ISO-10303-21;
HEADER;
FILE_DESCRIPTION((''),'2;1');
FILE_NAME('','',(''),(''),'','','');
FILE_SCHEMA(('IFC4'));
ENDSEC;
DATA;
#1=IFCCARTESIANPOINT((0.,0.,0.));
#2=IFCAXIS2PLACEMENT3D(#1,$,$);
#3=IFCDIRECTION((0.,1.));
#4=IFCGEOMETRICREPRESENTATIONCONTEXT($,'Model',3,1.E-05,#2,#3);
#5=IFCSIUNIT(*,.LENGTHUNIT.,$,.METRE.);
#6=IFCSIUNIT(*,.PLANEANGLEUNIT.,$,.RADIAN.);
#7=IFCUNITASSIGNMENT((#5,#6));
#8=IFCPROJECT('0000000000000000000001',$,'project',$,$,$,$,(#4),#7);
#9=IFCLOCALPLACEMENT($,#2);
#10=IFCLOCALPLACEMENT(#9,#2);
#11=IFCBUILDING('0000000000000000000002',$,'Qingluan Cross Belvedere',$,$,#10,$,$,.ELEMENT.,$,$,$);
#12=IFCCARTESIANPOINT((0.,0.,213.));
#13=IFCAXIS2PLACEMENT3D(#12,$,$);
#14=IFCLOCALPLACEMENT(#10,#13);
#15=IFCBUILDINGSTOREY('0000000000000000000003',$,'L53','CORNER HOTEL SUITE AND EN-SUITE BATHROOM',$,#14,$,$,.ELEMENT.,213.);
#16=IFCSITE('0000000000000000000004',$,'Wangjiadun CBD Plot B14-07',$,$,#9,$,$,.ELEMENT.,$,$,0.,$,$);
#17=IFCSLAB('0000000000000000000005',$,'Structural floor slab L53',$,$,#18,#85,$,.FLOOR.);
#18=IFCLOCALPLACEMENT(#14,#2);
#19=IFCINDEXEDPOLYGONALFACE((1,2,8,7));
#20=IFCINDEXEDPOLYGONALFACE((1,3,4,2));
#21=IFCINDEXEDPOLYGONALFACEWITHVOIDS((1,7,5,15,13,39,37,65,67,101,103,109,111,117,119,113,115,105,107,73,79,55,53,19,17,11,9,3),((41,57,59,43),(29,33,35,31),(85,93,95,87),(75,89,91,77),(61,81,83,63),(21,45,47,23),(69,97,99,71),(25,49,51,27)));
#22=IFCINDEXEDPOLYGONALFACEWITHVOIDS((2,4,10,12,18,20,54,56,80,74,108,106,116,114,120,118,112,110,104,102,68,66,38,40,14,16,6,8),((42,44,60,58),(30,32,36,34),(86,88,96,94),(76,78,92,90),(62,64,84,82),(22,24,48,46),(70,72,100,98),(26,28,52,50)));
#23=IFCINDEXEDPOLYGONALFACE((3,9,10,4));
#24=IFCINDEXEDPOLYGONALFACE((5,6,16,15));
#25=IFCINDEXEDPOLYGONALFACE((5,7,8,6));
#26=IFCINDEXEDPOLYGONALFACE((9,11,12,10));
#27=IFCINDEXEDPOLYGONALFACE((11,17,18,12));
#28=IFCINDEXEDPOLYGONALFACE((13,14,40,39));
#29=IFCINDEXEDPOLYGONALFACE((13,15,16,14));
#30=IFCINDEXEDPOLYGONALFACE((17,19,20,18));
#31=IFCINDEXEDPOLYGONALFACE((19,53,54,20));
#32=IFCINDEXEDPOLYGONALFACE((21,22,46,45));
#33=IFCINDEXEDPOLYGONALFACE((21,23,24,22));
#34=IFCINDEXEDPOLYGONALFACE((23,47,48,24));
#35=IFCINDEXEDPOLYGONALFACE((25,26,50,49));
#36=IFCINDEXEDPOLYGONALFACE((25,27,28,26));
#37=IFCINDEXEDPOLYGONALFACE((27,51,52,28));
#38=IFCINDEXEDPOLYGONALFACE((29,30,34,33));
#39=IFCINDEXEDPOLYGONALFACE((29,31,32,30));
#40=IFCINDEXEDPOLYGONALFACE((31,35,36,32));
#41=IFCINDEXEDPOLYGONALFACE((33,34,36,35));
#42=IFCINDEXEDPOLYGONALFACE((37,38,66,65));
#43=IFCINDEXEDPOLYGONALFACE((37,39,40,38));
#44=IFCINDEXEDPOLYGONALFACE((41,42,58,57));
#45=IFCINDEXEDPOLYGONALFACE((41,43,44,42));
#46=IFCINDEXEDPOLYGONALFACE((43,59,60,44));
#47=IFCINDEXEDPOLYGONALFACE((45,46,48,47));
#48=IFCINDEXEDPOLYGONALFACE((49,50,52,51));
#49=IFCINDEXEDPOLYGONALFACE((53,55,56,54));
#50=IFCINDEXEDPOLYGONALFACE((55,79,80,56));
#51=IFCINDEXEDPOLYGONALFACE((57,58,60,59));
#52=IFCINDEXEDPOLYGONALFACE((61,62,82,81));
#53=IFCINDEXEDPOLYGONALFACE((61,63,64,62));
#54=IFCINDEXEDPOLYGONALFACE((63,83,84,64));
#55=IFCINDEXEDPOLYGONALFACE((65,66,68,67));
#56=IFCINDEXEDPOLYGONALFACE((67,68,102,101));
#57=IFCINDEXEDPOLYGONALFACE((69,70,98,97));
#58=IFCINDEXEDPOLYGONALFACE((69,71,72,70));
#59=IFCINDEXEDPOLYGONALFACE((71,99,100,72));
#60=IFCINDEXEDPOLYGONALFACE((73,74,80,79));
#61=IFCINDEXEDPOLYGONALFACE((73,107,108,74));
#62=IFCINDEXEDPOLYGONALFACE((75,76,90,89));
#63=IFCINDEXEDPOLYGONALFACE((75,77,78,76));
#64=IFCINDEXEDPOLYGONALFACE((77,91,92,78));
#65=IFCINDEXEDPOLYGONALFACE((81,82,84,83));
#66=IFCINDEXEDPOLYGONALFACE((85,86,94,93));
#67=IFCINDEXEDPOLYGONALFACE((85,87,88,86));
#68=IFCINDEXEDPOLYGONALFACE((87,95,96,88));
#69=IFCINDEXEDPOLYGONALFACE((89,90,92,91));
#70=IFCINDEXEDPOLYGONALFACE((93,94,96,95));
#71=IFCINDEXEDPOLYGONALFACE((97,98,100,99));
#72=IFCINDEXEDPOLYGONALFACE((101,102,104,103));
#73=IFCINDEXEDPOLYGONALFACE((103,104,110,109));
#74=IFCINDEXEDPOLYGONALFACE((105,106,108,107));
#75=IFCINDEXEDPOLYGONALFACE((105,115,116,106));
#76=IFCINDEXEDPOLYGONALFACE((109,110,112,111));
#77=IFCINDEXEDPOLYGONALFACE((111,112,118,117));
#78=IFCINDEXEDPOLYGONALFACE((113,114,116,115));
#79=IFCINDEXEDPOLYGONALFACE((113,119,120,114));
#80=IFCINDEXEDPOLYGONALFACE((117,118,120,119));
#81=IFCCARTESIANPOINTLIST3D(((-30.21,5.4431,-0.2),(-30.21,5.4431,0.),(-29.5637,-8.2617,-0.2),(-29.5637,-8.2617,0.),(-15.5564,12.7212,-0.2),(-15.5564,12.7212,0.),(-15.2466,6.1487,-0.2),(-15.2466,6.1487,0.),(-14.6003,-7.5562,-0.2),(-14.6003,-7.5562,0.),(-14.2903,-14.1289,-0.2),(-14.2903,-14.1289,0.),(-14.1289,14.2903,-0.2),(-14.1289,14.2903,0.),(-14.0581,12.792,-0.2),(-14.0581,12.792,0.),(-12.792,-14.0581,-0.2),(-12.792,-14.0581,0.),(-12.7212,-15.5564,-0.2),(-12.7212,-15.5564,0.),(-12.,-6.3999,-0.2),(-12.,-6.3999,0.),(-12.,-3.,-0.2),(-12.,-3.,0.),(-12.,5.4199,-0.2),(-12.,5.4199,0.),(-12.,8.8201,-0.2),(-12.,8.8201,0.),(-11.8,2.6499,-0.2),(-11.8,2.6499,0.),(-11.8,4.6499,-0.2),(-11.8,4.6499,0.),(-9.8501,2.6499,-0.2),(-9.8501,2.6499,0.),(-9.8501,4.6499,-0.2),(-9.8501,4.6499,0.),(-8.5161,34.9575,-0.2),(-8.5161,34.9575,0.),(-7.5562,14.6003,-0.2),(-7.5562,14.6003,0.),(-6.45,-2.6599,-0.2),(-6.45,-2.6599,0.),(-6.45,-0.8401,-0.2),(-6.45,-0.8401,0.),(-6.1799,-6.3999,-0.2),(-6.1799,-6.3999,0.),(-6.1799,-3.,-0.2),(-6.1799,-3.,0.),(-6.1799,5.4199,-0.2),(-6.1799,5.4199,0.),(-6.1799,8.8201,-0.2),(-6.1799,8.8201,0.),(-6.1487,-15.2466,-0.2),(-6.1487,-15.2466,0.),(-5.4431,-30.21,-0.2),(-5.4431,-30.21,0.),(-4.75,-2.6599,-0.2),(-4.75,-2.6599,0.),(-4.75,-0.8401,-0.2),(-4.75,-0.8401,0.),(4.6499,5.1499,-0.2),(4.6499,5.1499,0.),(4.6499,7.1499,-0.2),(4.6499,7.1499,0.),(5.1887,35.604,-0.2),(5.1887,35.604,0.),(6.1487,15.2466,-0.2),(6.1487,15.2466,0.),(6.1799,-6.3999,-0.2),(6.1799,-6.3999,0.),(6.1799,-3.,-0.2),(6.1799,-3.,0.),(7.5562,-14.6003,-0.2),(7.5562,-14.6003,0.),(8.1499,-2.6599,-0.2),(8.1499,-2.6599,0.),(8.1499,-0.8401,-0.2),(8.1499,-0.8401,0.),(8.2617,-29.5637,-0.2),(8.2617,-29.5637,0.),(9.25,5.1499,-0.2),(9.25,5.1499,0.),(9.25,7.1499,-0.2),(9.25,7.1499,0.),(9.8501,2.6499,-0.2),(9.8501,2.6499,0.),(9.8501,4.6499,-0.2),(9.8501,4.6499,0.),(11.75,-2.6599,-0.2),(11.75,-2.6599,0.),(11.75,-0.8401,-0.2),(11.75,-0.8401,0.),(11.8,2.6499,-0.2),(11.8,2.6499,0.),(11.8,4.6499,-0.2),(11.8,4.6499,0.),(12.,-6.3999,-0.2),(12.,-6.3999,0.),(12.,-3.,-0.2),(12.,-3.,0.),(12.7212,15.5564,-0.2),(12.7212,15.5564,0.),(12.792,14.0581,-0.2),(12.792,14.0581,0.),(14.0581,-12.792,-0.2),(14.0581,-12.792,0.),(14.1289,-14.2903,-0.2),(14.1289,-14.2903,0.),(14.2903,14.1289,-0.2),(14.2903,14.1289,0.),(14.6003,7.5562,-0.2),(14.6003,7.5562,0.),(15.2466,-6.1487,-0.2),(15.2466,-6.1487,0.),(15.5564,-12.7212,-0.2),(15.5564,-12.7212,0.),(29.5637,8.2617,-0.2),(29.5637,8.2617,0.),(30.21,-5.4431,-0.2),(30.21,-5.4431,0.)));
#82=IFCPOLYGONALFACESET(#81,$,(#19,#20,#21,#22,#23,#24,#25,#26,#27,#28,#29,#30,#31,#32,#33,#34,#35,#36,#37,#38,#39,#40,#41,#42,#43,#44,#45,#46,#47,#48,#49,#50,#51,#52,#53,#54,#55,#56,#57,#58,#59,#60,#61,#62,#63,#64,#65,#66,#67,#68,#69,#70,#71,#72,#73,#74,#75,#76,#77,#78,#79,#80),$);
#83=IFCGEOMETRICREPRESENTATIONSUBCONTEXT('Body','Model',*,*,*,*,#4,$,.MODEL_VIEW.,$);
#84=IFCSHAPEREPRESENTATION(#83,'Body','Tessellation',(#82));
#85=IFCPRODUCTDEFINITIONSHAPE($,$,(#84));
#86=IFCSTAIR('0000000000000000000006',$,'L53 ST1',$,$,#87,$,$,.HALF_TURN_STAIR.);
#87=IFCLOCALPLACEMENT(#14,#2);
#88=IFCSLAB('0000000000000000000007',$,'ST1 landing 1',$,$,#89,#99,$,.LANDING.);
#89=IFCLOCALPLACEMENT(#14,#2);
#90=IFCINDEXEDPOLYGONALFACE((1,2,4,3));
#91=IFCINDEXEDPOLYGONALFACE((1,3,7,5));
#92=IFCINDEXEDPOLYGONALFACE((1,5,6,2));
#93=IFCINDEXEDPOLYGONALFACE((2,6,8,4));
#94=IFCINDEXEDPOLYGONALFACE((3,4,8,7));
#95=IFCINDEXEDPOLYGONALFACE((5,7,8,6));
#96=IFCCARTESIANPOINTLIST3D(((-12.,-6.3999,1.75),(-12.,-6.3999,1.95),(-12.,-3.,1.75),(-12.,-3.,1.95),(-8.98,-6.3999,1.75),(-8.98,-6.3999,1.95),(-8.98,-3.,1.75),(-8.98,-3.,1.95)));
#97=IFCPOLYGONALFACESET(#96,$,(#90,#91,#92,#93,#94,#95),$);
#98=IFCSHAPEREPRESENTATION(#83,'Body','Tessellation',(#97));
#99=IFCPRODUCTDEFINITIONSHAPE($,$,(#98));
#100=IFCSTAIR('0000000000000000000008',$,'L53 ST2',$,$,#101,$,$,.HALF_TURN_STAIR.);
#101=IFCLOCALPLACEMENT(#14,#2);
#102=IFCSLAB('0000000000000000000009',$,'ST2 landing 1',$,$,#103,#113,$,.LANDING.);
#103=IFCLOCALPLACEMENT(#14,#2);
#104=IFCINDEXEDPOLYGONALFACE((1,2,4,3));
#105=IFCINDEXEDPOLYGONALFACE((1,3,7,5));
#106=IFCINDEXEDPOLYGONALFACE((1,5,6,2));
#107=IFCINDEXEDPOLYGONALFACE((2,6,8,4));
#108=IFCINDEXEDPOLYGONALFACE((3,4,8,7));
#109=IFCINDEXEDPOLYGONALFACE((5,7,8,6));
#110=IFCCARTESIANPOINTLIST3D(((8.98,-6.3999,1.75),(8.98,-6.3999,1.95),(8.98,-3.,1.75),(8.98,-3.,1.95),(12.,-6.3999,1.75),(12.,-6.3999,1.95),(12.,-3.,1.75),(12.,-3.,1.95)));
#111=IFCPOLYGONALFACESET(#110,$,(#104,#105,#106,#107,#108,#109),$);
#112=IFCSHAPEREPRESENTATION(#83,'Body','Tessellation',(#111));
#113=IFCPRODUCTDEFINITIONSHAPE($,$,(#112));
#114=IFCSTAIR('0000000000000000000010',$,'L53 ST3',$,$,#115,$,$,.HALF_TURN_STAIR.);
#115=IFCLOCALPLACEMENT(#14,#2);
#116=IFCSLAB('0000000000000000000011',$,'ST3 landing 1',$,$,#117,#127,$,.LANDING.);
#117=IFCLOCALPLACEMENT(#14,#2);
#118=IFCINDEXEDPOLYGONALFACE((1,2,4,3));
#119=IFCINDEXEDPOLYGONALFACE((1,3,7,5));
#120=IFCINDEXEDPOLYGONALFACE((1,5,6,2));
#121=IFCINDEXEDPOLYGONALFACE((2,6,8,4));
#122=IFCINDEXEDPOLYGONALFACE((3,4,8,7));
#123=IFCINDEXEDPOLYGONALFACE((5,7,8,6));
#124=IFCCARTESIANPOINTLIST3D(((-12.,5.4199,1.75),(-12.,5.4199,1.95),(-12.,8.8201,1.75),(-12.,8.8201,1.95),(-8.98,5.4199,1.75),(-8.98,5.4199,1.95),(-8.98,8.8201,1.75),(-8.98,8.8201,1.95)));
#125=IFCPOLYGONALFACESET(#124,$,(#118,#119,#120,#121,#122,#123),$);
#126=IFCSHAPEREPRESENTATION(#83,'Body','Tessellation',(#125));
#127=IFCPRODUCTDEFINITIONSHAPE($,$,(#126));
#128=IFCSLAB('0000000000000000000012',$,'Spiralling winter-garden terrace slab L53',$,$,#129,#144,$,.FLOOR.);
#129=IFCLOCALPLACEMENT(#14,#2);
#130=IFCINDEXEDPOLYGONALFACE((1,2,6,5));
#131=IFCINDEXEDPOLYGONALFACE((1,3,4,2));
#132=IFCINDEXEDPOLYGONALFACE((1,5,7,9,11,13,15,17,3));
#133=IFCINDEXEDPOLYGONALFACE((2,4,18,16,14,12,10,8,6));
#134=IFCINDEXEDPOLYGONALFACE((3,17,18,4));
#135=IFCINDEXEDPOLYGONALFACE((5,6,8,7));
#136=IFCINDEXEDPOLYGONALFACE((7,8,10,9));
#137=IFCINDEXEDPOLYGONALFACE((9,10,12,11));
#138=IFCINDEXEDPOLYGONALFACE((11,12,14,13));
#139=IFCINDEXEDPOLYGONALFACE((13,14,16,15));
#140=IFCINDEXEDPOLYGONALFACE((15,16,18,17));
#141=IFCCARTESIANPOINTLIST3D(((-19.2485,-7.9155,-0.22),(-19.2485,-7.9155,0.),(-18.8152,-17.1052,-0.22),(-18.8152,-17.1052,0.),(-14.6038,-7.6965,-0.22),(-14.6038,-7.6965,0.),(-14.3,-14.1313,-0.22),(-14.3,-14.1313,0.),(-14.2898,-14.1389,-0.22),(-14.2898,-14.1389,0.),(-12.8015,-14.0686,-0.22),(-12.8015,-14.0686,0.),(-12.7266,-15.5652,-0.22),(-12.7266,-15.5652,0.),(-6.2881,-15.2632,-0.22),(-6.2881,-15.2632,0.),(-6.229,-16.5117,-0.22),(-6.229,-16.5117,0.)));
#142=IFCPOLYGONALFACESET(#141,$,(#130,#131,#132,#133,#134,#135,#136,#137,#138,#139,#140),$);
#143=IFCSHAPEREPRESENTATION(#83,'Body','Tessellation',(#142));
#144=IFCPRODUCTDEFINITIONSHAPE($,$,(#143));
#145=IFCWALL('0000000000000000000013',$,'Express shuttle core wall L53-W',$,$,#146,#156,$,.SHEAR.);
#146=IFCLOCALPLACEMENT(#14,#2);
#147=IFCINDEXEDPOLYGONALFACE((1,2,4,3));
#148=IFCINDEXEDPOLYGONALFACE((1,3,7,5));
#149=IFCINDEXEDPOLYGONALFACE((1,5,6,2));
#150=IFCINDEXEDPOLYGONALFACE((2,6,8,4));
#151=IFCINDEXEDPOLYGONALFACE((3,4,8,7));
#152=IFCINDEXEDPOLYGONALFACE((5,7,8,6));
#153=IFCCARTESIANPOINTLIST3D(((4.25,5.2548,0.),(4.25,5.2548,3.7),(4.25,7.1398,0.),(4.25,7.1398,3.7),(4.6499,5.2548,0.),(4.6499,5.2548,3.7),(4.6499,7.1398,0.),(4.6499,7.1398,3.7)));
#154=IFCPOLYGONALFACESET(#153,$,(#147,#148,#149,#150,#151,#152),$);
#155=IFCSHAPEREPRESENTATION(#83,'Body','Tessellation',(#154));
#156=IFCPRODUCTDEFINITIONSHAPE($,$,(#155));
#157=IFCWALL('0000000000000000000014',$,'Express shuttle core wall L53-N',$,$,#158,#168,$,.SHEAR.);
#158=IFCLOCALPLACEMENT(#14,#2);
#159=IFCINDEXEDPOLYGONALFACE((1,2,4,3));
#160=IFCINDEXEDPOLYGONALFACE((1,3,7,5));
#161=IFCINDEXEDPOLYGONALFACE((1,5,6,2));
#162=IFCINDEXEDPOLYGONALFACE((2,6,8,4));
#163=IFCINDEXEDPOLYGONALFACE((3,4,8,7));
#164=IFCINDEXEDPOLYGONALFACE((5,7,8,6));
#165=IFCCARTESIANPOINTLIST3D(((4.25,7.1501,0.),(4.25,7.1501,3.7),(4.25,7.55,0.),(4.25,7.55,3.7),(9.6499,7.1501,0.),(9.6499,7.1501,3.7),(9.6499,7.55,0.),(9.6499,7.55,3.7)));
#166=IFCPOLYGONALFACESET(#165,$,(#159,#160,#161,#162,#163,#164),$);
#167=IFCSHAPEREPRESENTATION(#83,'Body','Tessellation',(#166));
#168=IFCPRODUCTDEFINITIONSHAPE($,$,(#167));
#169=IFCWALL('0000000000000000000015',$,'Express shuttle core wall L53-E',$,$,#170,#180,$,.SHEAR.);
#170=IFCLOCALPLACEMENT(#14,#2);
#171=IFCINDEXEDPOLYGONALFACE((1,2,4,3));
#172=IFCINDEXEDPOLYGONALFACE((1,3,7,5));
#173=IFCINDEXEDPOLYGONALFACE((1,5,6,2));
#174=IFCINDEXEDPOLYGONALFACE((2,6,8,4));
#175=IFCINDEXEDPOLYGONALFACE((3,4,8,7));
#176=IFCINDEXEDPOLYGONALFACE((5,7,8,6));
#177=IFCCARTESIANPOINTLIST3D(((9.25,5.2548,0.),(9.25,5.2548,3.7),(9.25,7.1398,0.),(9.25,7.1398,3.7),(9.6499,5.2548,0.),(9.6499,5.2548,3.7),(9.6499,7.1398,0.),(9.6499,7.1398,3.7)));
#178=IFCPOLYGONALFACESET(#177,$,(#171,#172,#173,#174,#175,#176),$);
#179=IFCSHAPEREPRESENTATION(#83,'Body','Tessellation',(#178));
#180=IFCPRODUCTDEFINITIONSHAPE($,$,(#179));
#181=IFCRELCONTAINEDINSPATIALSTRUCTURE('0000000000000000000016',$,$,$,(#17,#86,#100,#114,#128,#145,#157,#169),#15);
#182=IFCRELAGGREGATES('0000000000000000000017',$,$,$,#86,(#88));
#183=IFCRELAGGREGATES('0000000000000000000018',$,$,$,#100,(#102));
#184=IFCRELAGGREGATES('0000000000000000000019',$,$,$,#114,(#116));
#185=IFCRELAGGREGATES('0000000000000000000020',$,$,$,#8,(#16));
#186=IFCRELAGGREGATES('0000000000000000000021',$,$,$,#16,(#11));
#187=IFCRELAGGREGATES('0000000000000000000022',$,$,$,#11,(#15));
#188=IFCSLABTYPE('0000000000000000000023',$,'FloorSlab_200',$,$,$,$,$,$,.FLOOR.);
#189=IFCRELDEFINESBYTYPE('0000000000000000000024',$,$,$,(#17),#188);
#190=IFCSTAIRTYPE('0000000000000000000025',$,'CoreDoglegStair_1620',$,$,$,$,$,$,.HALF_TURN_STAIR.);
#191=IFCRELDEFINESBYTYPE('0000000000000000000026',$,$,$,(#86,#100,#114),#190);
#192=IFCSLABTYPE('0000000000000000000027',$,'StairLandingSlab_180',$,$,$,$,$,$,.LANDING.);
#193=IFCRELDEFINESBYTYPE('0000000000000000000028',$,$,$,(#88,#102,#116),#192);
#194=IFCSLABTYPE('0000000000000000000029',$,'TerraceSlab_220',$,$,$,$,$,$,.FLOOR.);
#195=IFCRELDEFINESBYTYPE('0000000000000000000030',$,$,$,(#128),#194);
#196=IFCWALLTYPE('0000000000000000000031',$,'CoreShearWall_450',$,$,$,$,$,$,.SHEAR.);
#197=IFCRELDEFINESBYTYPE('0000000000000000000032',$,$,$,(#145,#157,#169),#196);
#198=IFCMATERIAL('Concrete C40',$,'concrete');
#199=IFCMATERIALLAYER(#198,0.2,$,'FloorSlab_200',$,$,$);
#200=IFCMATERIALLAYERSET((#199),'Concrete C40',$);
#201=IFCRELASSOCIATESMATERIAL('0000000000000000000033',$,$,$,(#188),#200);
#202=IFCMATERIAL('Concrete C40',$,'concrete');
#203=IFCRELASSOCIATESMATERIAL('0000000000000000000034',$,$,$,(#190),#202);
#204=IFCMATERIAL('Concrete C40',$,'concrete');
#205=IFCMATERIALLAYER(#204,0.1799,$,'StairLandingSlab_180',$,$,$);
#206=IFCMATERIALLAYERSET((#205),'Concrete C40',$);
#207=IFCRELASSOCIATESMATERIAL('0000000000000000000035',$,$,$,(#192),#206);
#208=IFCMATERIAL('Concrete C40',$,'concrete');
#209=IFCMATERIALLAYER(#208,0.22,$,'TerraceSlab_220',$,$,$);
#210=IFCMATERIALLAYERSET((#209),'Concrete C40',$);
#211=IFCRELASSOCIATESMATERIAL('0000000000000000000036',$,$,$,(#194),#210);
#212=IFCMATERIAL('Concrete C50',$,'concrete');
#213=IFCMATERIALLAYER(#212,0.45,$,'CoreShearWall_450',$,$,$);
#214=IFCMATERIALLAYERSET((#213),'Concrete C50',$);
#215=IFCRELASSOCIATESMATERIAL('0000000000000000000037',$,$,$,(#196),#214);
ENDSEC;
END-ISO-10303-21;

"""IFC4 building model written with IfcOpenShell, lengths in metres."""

from ifc_helpers import new_model, si_unit, direction, frame, frame_2d, origin, place, context, subcontext, project, spatial, polyline, rectangle, outline, extrude, material, layer, layer_set, type_object, element, aggregate, save


model = new_model("IFC4")

# Units and contexts
model_context = context("Model", 3, precision=1e-05, world=origin(), true_north=direction((0.0, 1.0)))
body_context = subcontext(model_context, "Body", "Model", "MODEL_VIEW")
ifc_project = project(units=[si_unit("LENGTHUNIT", "METRE"), si_unit("PLANEANGLEUNIT", "RADIAN")], contexts=[model_context])

# Site, building, storey
site_placement = place(None, origin())
site = spatial("IfcSite", under=ifc_project, at=site_placement, Name="Wangjiadun CBD Plot B14-07", CompositionType="ELEMENT", RefElevation=0.0)
building_placement = place(site_placement, origin())
building = spatial("IfcBuilding", under=site, at=building_placement, Name="Qingluan Cross Belvedere", CompositionType="ELEMENT")
storey_placement = place(building_placement, frame((0.0, 0.0, 213.0)))
storey = spatial("IfcBuildingStorey", under=building, at=storey_placement, Name="L53", Description="CORNER HOTEL SUITE AND EN-SUITE BATHROOM", CompositionType="ELEMENT", Elevation=213.0)

# Slab
ifc_material_1 = material(Name="Concrete C40", Category="concrete")
ifc_layer_1 = layer(ifc_material_1, 0.2, Name="FloorSlab_200")
ifc_layer_set_1 = layer_set([ifc_layer_1], Name="Concrete C40")
slab_type_1 = type_object("IfcSlabType", Name="FloorSlab_200", PredefinedType="FLOOR", material=ifc_layer_set_1)
slab_1_placement = place(storey_placement, frame((0.0, 0.0, -0.2)))
element("IfcSlab", 1, at=slab_1_placement, inside=storey, type_object=slab_type_1, Name="Structural floor slab L53", PredefinedType="FLOOR", context=body_context, shape_type="SweptSolid", body=[
    extrude(outline(polyline([(8.2617, -29.5637), (7.5562, -14.6003), (14.1289, -14.2903), (14.0581, -12.792), (15.5564, -12.7212), (15.2466, -6.1487), (30.21, -5.4431), (29.5637, 8.2617), (14.6003, 7.5562), (14.2903, 14.1289), (12.792, 14.0581), (12.7212, 15.5564), (6.1487, 15.2466), (5.1887, 35.604), (-8.5161, 34.9575), (-7.5562, 14.6003), (-14.1289, 14.2903), (-14.0581, 12.792), (-15.5564, 12.7212), (-15.2466, 6.1487), (-30.21, 5.4431), (-29.5637, -8.2617), (-14.6003, -7.5562), (-14.2903, -14.1289), (-12.792, -14.0581), (-12.7212, -15.5564), (-6.1487, -15.2466), (-5.4431, -30.21), (8.2617, -29.5637)]), holes=[polyline([(-12.0, -3.0), (-6.1799, -3.0), (-6.1799, -6.3999), (-12.0, -6.3999), (-12.0, -3.0)]), polyline([(6.1799, -3.0), (12.0, -3.0), (12.0, -6.3999), (6.1799, -6.3999), (6.1799, -3.0)]), polyline([(-12.0, 8.8201), (-6.1799, 8.8201), (-6.1799, 5.4199), (-12.0, 5.4199), (-12.0, 8.8201)]), polyline([(-11.8, 4.6499), (-9.8501, 4.6499), (-9.8501, 2.6499), (-11.8, 2.6499), (-11.8, 4.6499)]), polyline([(9.8501, 4.6499), (11.8, 4.6499), (11.8, 2.6499), (9.8501, 2.6499), (9.8501, 4.6499)]), polyline([(-6.45, -0.8401), (-4.75, -0.8401), (-4.75, -2.6599), (-6.45, -2.6599), (-6.45, -0.8401)]), polyline([(8.1499, -0.8401), (11.75, -0.8401), (11.75, -2.6599), (8.1499, -2.6599), (8.1499, -0.8401)]), polyline([(4.6499, 7.1499), (9.25, 7.1499), (9.25, 5.1499), (4.6499, 5.1499), (4.6499, 7.1499)])]), origin(), (0.0, 0.0, 1.0), 0.2),
])

# Stairs, slabs
ifc_material_2 = material(Name="Concrete C40", Category="concrete")
stair_type = type_object("IfcStairType", Name="CoreDoglegStair_1620", PredefinedType="HALF_TURN_STAIR", material=ifc_material_2)
stair_1_placement = place(storey_placement, origin())
stair_1 = element("IfcStair", 2, at=stair_1_placement, inside=storey, type_object=stair_type, Name="L53 ST1", PredefinedType="HALF_TURN_STAIR")
ifc_material_3 = material(Name="Concrete C40", Category="concrete")
ifc_layer_2 = layer(ifc_material_3, 0.1799, Name="StairLandingSlab_180")
ifc_layer_set_2 = layer_set([ifc_layer_2], Name="Concrete C40")
slab_type_2 = type_object("IfcSlabType", Name="StairLandingSlab_180", PredefinedType="LANDING", material=ifc_layer_set_2)
slab_2_placement = place(storey_placement, frame((0.0, 0.0, 1.75)))
slab_2 = element("IfcSlab", 3, at=slab_2_placement, type_object=slab_type_2, Name="ST1 landing 1", PredefinedType="LANDING", context=body_context, shape_type="SweptSolid", body=[
    extrude(outline(polyline([(-8.98, -3.0), (-12.0, -3.0), (-12.0, -6.3999), (-8.98, -6.3999), (-8.98, -3.0)])), origin(), (0.0, 0.0, 1.0), 0.2),
])
aggregate(stair_1, [slab_2])
stair_2_placement = place(storey_placement, origin())
stair_2 = element("IfcStair", 4, at=stair_2_placement, inside=storey, type_object=stair_type, Name="L53 ST2", PredefinedType="HALF_TURN_STAIR")
slab_3_placement = place(storey_placement, frame((0.0, 0.0, 1.75)))
slab_3 = element("IfcSlab", 5, at=slab_3_placement, type_object=slab_type_2, Name="ST2 landing 1", PredefinedType="LANDING", context=body_context, shape_type="SweptSolid", body=[
    extrude(outline(polyline([(8.98, -6.3999), (12.0, -6.3999), (12.0, -3.0), (8.98, -3.0), (8.98, -6.3999)])), origin(), (0.0, 0.0, 1.0), 0.2),
])
aggregate(stair_2, [slab_3])
stair_3_placement = place(storey_placement, origin())
stair_3 = element("IfcStair", 6, at=stair_3_placement, inside=storey, type_object=stair_type, Name="L53 ST3", PredefinedType="HALF_TURN_STAIR")
slab_4_placement = place(storey_placement, frame((0.0, 0.0, 1.75)))
slab_4 = element("IfcSlab", 7, at=slab_4_placement, type_object=slab_type_2, Name="ST3 landing 1", PredefinedType="LANDING", context=body_context, shape_type="SweptSolid", body=[
    extrude(outline(polyline([(-8.98, 8.8201), (-12.0, 8.8201), (-12.0, 5.4199), (-8.98, 5.4199), (-8.98, 8.8201)])), origin(), (0.0, 0.0, 1.0), 0.2),
])
aggregate(stair_3, [slab_4])

# Slab
ifc_material_4 = material(Name="Concrete C40", Category="concrete")
ifc_layer_3 = layer(ifc_material_4, 0.22, Name="TerraceSlab_220")
ifc_layer_set_3 = layer_set([ifc_layer_3], Name="Concrete C40")
slab_type_3 = type_object("IfcSlabType", Name="TerraceSlab_220", PredefinedType="FLOOR", material=ifc_layer_set_3)
slab_5_placement = place(storey_placement, frame((0.0, 0.0, -0.22)))
element("IfcSlab", 8, at=slab_5_placement, inside=storey, type_object=slab_type_3, Name="Spiralling winter-garden terrace slab L53", PredefinedType="FLOOR", context=body_context, shape_type="SweptSolid", body=[
    extrude(outline(polyline([(-6.2881, -15.2632), (-12.7266, -15.5652), (-12.8015, -14.0686), (-14.2898, -14.1389), (-14.3, -14.1313), (-14.6038, -7.6965), (-19.2485, -7.9155), (-18.8152, -17.1052), (-6.229, -16.5117), (-6.2881, -15.2632)])), origin(), (0.0, 0.0, 1.0), 0.22),
])

# Walls
ifc_material_5 = material(Name="Concrete C50", Category="concrete")
ifc_layer_4 = layer(ifc_material_5, 0.45, Name="CoreShearWall_450")
ifc_layer_set_4 = layer_set([ifc_layer_4], Name="Concrete C50")
wall_type_1 = type_object("IfcWallType", Name="CoreShearWall_450", PredefinedType="SHEAR", material=ifc_layer_set_4)
wall_1_placement = place(storey_placement, frame((4.45, 5.2549, 0.0), z_axis=(0.0, 0.0, 1.0), x_axis=(0.0, 1.0, 0.0)))
element("IfcWall", 9, at=wall_1_placement, inside=storey, type_object=wall_type_1, Name="Express shuttle core wall L53-W", PredefinedType="SHEAR", context=body_context, shape_type="SweptSolid", body=[
    extrude(rectangle(XDim=1.885, YDim=0.3999, at=frame_2d((0.9424, 0.0))), origin(), (0.0, 0.0, 1.0), 3.7),
])
wall_2_placement = place(storey_placement, frame((4.25, 7.3501, 0.0), z_axis=(0.0, 0.0, 1.0), x_axis=(1.0, 0.0, 0.0)))
element("IfcWall", 10, at=wall_2_placement, inside=storey, type_object=wall_type_1, Name="Express shuttle core wall L53-N", PredefinedType="SHEAR", context=body_context, shape_type="SweptSolid", body=[
    extrude(rectangle(XDim=5.3999, YDim=0.3999, at=frame_2d((2.7, 0.0))), origin(), (0.0, 0.0, 1.0), 3.7),
])
wall_3_placement = place(storey_placement, frame((9.45, 5.2549, 0.0), z_axis=(0.0, 0.0, 1.0), x_axis=(0.0, 1.0, 0.0)))
element("IfcWall", 11, at=wall_3_placement, inside=storey, type_object=wall_type_1, Name="Express shuttle core wall L53-E", PredefinedType="SHEAR", context=body_context, shape_type="SweptSolid", body=[
    extrude(rectangle(XDim=1.885, YDim=0.3999, at=frame_2d((0.9424, 0.0))), origin(), (0.0, 0.0, 1.0), 3.7),
])

save(model, "model.ifc")
